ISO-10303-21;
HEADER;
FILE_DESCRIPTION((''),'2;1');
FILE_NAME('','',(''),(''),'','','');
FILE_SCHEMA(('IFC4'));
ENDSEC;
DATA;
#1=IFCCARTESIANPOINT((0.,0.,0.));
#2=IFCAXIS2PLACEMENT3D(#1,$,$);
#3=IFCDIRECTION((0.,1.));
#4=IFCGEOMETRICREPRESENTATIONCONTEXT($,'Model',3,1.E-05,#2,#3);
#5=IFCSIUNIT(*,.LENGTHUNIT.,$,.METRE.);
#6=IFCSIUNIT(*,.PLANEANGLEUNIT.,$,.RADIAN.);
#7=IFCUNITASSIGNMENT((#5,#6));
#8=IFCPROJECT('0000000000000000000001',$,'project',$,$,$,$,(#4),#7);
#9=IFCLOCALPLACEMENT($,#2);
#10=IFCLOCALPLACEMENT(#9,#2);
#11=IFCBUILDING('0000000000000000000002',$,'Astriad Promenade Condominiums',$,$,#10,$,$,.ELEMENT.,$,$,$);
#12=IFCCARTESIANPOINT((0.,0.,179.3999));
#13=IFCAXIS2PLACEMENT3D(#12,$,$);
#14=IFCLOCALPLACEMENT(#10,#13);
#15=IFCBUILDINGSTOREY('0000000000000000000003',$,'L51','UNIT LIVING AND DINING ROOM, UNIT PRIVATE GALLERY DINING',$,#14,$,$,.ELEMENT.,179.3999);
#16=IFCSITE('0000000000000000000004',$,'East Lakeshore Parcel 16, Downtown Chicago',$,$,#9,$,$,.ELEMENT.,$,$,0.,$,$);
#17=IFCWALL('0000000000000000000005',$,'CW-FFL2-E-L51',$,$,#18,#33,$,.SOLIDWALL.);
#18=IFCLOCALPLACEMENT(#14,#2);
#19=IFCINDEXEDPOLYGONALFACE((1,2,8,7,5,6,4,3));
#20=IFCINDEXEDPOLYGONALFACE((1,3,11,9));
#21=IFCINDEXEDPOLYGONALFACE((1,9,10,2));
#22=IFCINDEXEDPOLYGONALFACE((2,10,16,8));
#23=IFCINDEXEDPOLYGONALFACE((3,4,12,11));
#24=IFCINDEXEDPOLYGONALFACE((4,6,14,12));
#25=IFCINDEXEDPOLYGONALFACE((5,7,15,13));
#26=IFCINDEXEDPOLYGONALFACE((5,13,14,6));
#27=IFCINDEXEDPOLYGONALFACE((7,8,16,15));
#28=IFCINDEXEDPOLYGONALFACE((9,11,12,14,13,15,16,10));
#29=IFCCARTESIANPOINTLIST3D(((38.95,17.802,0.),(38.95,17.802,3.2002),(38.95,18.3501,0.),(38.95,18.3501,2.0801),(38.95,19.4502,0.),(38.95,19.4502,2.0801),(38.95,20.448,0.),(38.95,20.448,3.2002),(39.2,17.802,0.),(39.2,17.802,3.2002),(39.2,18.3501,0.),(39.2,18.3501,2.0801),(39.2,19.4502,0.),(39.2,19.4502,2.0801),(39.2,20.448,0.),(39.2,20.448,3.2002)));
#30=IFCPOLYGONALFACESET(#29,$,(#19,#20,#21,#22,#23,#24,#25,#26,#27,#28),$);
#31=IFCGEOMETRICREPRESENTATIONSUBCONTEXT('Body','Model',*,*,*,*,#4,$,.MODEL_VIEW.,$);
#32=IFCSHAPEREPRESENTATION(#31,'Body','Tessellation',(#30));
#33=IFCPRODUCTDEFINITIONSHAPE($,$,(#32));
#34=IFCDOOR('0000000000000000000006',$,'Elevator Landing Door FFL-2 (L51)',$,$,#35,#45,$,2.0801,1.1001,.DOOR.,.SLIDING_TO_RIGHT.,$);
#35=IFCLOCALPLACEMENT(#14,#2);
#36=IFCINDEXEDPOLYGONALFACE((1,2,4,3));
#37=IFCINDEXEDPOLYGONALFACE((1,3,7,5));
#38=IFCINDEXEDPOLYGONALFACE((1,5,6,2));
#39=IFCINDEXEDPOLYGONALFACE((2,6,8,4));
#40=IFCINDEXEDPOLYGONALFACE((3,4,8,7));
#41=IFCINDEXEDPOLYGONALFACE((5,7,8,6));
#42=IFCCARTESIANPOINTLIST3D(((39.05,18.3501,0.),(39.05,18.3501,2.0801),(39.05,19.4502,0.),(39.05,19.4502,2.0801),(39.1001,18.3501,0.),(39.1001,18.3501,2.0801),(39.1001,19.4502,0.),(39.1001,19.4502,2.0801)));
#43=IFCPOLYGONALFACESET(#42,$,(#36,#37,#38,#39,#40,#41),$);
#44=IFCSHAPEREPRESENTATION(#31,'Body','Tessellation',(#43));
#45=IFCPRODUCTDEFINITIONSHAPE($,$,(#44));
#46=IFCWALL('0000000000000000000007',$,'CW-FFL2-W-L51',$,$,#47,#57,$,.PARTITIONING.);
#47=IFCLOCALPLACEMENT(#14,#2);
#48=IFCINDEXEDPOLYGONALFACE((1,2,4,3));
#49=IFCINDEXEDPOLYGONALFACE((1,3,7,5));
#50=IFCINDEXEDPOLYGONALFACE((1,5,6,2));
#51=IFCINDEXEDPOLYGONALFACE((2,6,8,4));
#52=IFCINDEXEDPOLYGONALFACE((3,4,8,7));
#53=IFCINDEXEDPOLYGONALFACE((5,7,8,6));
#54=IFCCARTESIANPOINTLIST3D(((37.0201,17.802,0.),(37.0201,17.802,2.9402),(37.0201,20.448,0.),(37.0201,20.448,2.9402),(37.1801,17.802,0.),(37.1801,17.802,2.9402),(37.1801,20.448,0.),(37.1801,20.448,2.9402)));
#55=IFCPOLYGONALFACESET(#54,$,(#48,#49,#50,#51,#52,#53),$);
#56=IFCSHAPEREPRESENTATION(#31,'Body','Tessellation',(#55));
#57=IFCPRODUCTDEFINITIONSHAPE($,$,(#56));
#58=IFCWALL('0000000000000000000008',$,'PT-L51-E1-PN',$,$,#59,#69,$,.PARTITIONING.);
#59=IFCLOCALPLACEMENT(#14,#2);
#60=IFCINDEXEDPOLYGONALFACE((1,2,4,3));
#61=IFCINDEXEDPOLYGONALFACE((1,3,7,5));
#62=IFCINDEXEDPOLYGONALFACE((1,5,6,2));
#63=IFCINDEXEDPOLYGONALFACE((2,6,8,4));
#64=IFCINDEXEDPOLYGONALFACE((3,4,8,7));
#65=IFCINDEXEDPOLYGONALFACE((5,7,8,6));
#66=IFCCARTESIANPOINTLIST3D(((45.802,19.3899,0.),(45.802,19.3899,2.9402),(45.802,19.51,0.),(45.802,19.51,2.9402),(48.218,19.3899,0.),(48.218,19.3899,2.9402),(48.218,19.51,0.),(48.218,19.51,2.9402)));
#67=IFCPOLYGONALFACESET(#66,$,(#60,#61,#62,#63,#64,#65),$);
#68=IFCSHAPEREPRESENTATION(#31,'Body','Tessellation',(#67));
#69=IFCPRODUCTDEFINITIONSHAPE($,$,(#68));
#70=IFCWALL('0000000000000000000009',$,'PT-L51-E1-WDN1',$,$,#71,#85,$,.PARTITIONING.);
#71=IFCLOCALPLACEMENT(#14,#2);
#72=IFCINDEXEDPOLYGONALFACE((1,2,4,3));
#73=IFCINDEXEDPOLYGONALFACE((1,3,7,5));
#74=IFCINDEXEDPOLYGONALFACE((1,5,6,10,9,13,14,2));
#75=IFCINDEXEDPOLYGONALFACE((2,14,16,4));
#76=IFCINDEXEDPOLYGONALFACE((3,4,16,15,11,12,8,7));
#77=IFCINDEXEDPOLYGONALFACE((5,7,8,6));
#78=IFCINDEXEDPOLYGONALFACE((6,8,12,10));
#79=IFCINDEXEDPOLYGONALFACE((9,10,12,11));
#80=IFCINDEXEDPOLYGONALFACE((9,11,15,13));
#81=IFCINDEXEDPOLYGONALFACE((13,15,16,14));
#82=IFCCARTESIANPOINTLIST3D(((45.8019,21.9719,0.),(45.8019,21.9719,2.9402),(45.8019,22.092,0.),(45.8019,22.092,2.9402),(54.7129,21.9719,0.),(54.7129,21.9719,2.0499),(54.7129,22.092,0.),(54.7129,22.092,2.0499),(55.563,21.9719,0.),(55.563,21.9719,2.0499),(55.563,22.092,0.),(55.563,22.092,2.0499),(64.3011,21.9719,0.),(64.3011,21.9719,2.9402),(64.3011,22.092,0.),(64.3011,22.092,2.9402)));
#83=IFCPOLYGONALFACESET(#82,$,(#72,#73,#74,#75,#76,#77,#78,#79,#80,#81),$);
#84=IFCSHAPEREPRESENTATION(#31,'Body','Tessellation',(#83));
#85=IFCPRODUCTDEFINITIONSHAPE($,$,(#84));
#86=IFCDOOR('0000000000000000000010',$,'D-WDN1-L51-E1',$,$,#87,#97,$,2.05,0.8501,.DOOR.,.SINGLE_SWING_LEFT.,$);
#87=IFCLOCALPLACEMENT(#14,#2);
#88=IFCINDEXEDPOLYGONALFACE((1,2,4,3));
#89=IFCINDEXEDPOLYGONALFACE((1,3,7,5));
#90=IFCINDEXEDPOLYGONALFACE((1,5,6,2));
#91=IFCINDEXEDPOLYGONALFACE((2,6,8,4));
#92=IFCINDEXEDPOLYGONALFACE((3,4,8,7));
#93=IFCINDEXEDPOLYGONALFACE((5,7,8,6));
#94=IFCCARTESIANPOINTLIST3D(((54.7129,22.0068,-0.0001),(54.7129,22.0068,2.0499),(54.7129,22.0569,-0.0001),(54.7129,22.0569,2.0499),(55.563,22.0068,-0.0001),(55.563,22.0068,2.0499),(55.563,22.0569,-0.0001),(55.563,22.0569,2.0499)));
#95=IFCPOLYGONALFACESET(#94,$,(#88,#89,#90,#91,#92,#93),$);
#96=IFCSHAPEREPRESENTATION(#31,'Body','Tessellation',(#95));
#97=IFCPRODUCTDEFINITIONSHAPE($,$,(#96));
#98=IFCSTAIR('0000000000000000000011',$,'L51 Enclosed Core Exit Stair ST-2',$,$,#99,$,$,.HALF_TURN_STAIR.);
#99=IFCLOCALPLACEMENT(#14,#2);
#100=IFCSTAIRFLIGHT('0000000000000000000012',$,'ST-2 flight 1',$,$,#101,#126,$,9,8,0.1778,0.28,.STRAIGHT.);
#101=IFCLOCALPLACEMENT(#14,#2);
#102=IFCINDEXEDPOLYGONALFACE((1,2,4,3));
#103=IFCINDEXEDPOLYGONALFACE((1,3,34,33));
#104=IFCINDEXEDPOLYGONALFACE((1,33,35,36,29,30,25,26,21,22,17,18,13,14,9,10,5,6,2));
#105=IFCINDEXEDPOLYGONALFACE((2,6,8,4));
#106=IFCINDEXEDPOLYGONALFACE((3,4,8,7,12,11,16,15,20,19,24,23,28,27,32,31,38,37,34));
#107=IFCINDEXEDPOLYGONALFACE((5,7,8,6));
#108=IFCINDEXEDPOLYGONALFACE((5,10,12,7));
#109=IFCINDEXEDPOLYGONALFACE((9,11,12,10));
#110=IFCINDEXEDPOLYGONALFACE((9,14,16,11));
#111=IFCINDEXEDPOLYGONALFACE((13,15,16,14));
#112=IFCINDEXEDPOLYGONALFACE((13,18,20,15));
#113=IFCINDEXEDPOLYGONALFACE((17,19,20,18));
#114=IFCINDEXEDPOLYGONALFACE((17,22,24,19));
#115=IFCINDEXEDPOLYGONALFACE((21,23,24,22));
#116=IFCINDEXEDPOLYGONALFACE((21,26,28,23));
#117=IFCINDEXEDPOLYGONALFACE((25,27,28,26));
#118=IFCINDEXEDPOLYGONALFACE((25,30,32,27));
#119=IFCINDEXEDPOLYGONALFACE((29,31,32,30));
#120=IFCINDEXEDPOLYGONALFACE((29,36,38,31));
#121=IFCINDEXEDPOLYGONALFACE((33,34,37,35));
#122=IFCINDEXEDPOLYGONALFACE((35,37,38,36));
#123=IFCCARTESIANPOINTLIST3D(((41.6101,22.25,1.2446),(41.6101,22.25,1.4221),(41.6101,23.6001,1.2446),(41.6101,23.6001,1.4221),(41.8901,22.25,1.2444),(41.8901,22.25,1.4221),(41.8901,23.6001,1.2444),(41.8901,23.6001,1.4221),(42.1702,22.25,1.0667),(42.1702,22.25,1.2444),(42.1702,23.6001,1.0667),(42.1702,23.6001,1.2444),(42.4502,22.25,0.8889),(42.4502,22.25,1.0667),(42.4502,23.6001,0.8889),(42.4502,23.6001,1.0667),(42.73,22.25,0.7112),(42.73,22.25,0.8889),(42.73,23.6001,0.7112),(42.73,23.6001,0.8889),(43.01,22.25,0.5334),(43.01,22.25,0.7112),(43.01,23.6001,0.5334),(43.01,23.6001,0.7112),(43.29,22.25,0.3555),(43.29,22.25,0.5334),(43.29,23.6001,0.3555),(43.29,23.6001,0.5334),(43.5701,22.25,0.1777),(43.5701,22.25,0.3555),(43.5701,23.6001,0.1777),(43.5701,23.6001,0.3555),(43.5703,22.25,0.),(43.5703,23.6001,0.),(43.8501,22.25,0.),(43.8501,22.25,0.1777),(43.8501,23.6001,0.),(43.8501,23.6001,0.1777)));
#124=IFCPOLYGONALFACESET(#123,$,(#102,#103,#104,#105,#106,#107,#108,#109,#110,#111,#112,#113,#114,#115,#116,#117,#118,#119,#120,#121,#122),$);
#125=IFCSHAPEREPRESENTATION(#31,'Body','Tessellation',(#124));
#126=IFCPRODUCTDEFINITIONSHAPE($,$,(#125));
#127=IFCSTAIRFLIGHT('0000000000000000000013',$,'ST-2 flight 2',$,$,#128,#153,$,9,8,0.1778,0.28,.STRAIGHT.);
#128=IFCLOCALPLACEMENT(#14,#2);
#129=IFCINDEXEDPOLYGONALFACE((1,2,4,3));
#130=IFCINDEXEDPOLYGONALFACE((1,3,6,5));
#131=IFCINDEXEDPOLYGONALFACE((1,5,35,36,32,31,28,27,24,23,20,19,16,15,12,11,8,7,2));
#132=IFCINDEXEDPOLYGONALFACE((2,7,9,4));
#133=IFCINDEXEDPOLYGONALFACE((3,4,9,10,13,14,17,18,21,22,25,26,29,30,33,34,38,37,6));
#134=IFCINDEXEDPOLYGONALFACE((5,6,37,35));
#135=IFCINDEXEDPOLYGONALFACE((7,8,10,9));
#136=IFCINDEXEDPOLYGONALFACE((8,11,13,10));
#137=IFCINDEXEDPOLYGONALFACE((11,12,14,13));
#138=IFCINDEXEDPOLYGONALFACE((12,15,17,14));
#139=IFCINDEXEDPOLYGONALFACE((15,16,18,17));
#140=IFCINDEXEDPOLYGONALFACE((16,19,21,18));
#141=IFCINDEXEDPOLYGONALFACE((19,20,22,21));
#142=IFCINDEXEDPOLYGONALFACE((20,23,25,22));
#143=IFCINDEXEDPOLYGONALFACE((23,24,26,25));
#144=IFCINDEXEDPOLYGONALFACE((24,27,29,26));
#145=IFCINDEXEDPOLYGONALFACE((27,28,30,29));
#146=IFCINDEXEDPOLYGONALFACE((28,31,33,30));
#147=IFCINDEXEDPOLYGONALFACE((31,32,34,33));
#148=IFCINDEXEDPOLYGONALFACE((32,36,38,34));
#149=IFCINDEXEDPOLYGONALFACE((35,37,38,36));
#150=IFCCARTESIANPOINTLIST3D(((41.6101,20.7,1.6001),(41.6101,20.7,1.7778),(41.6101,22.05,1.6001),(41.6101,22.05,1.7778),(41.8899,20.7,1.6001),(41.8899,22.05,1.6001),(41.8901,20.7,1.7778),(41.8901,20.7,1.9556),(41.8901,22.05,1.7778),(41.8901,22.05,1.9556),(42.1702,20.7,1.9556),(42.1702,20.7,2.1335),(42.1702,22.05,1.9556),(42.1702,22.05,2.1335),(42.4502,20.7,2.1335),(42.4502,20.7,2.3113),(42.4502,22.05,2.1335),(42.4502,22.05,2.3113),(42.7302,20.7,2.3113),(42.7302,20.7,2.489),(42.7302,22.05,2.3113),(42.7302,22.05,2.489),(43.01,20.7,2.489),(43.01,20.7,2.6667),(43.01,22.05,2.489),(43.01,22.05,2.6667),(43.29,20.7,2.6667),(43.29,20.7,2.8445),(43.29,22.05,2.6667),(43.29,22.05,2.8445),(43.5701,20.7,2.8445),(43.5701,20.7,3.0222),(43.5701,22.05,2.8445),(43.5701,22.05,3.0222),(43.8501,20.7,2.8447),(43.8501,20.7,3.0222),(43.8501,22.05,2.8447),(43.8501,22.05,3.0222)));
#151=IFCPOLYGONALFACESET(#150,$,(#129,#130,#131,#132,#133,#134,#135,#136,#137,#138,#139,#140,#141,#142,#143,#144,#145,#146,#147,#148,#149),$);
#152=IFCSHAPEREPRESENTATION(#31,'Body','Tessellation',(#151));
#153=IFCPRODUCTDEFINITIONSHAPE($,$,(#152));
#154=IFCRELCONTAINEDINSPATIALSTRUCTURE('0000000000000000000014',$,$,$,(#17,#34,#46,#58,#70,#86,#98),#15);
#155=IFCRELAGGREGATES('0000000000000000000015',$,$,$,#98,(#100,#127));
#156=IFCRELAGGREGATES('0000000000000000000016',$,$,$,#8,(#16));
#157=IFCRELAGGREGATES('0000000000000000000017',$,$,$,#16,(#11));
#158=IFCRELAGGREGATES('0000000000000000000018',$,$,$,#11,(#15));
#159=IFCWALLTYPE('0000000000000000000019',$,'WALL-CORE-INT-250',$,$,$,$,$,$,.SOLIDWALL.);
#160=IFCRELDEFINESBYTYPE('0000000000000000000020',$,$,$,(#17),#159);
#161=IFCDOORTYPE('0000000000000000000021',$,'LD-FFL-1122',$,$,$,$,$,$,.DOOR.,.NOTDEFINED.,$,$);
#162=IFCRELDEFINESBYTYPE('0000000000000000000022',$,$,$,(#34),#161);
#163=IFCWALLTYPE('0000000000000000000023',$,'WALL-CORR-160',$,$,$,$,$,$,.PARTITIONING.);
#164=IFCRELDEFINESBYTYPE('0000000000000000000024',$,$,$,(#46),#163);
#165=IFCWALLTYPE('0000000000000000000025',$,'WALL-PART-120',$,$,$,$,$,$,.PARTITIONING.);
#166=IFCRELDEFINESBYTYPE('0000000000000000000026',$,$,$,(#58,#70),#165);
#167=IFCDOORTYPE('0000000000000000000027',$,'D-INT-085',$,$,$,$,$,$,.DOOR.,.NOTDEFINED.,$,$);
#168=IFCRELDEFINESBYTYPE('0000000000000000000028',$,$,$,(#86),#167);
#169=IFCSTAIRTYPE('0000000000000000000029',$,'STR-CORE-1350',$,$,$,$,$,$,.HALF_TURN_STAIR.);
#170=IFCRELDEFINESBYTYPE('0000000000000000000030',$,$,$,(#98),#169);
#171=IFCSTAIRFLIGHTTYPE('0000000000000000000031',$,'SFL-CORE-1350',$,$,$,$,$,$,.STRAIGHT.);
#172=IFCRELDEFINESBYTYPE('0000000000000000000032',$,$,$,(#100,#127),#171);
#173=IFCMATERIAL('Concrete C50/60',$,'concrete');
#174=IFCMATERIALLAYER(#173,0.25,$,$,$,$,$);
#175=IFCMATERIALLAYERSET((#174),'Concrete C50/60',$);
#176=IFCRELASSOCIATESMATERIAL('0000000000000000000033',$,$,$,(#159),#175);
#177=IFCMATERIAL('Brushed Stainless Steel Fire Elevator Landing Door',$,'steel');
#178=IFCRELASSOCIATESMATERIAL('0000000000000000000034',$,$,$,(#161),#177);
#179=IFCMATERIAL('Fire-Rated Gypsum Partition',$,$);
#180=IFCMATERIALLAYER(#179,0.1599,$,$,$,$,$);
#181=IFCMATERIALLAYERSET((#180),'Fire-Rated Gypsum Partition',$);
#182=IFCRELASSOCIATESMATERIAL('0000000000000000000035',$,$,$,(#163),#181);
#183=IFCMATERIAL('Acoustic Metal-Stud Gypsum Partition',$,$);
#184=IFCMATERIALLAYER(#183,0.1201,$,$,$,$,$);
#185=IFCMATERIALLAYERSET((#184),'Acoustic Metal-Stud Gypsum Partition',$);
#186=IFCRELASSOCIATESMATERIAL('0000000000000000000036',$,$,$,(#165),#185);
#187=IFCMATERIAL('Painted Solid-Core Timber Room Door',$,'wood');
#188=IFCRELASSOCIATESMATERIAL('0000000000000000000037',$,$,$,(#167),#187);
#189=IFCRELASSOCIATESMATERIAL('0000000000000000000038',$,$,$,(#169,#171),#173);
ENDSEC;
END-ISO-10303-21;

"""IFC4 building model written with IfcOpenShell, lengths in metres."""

from ifc_helpers import new_model, si_unit, direction, frame, frame_2d, origin, place, context, subcontext, project, spatial, polyline, rectangle, outline, extrude, source, transform, mapped, material, layer, layer_set, type_object, type_shapes, element, fill, aggregate, save


model = new_model("IFC4")

# Units and contexts
model_context = context("Model", 3, precision=1e-05, world=origin(), true_north=direction((0.0, 1.0)))
body_context = subcontext(model_context, "Body", "Model", "MODEL_VIEW")
ifc_project = project(units=[si_unit("LENGTHUNIT", "METRE"), si_unit("PLANEANGLEUNIT", "RADIAN")], contexts=[model_context])

# Site, building, storey
site_placement = place(None, origin())
site = spatial("IfcSite", under=ifc_project, at=site_placement, Name="East Lakeshore Parcel 16, Downtown Chicago", CompositionType="ELEMENT", RefElevation=0.0)
building_placement = place(site_placement, origin())
building = spatial("IfcBuilding", under=site, at=building_placement, Name="Astriad Promenade Condominiums", CompositionType="ELEMENT")
storey_placement = place(building_placement, frame((0.0, 0.0, 179.3999)))
storey = spatial("IfcBuildingStorey", under=building, at=storey_placement, Name="L51", Description="UNIT LIVING AND DINING ROOM, UNIT PRIVATE GALLERY DINING", CompositionType="ELEMENT", Elevation=179.3999)

# Shared definitions
ifc_material_1 = material(Name="Concrete C50/60", Category="concrete")

# Shared definitions
ifc_layer_1 = layer(ifc_material_1, 0.25)
ifc_layer_set_1 = layer_set([ifc_layer_1], Name="Concrete C50/60")
wall_type_1 = type_object("IfcWallType", Name="WALL-CORE-INT-250", PredefinedType="SOLIDWALL", material=ifc_layer_set_1)

# Wall, opening, door
wall_1_placement = place(storey_placement, frame((39.075, 17.802, 0.0), z_axis=(0.0, 0.0, 1.0), x_axis=(0.0, 1.0, 0.0)))
wall_1 = element("IfcWall", 1, at=wall_1_placement, inside=storey, type_object=wall_type_1, Name="CW-FFL2-E-L51", PredefinedType="SOLIDWALL", context=body_context, shape_type="SweptSolid", body=[
    extrude(rectangle(XDim=2.646, YDim=0.25, at=frame_2d((1.323, 0.0))), origin(), (0.0, 0.0, 1.0), 3.2002),
])
opening_1_placement = place(wall_1_placement, frame((0.5481, 0.0, 0.0)))
opening_1 = element("IfcOpeningElement", 2, at=opening_1_placement, cuts=wall_1, PredefinedType="OPENING", context=body_context, shape_type="SweptSolid", body=[
    extrude(rectangle(XDim=1.1001, YDim=2.0801, at=frame_2d((0.55, 1.04))), frame((0.0, 0.135, 0.0), z_axis=(0.0, -1.0, 0.0), x_axis=(1.0, 0.0, 0.0)), (0.0, 0.0, 1.0), 0.27),
])
ifc_material_2 = material(Name="Brushed Stainless Steel Fire Elevator Landing Door", Category="steel")
door_type_1 = type_object("IfcDoorType", Name="LD-FFL-1122", OperationType="NOTDEFINED", PredefinedType="DOOR", material=ifc_material_2)
shared_shape_1 = source(origin(), body_context, "Body", "SweptSolid", [
    extrude(rectangle(XDim=1.1001, YDim=2.0801, at=frame_2d((0.55, 1.04))), frame((0.0, 0.0249, 0.0), z_axis=(0.0, -1.0, 0.0), x_axis=(1.0, 0.0, 0.0)), (0.0, 0.0, 1.0), 0.05),
])
type_shapes(door_type_1, [shared_shape_1])
door_1_placement = place(opening_1_placement, origin())
door_1 = element("IfcDoor", 3, at=door_1_placement, inside=storey, type_object=door_type_1, Name="Elevator Landing Door FFL-2 (L51)", OperationType="SLIDING_TO_RIGHT", OverallHeight=2.0801, OverallWidth=1.1001, PredefinedType="DOOR", context=body_context, shape_type="MappedRepresentation", body=[
    mapped(shared_shape_1, transform((0.0, 0.0, 0.0), scale=1.0)),
])
fill(opening_1, door_1)

# Walls
ifc_material_3 = material(Name="Fire-Rated Gypsum Partition")
ifc_layer_2 = layer(ifc_material_3, 0.1599)
ifc_layer_set_2 = layer_set([ifc_layer_2], Name="Fire-Rated Gypsum Partition")
wall_type_2 = type_object("IfcWallType", Name="WALL-CORR-160", PredefinedType="PARTITIONING", material=ifc_layer_set_2)
wall_2_placement = place(storey_placement, frame((37.1001, 17.802, 0.0), z_axis=(0.0, 0.0, 1.0), x_axis=(0.0, 1.0, 0.0)))
element("IfcWall", 4, at=wall_2_placement, inside=storey, type_object=wall_type_2, Name="CW-FFL2-W-L51", PredefinedType="PARTITIONING", context=body_context, shape_type="SweptSolid", body=[
    extrude(rectangle(XDim=2.646, YDim=0.1599, at=frame_2d((1.323, 0.0))), origin(), (0.0, 0.0, 1.0), 2.9402),
])
ifc_material_4 = material(Name="Acoustic Metal-Stud Gypsum Partition")
ifc_layer_3 = layer(ifc_material_4, 0.1201)
ifc_layer_set_3 = layer_set([ifc_layer_3], Name="Acoustic Metal-Stud Gypsum Partition")
wall_type_3 = type_object("IfcWallType", Name="WALL-PART-120", PredefinedType="PARTITIONING", material=ifc_layer_set_3)
wall_3_placement = place(storey_placement, frame((45.802, 19.45, 0.0), z_axis=(0.0, 0.0, 1.0), x_axis=(1.0, 0.0, 0.0)))
element("IfcWall", 5, at=wall_3_placement, inside=storey, type_object=wall_type_3, Name="PT-L51-E1-PN", PredefinedType="PARTITIONING", context=body_context, shape_type="SweptSolid", body=[
    extrude(rectangle(XDim=2.416, YDim=0.1201, at=frame_2d((1.208, 0.0))), origin(), (0.0, 0.0, 1.0), 2.9402),
])

# Wall, opening, door
wall_4_placement = place(storey_placement, frame((45.802, 22.032, 0.0), z_axis=(0.0, 0.0, 1.0), x_axis=(1.0, 0.0, 0.0)))
wall_4 = element("IfcWall", 6, at=wall_4_placement, inside=storey, type_object=wall_type_3, Name="PT-L51-E1-WDN1", PredefinedType="PARTITIONING", context=body_context, shape_type="SweptSolid", body=[
    extrude(rectangle(XDim=18.4993, YDim=0.1201, at=frame_2d((9.2495, 0.0))), origin(), (0.0, 0.0, 1.0), 2.9402),
])
opening_2_placement = place(wall_4_placement, frame((8.9109, 0.0, 0.0)))
opening_2 = element("IfcOpeningElement", 7, at=opening_2_placement, cuts=wall_4, PredefinedType="OPENING", context=body_context, shape_type="SweptSolid", body=[
    extrude(rectangle(XDim=0.8501, YDim=2.05, at=frame_2d((0.425, 1.0249))), frame((0.0, 0.0701, 0.0), z_axis=(0.0, -1.0, 0.0), x_axis=(1.0, 0.0, 0.0)), (0.0, 0.0, 1.0), 0.1401),
])
ifc_material_5 = material(Name="Painted Solid-Core Timber Room Door", Category="wood")
door_type_2 = type_object("IfcDoorType", Name="D-INT-085", OperationType="NOTDEFINED", PredefinedType="DOOR", material=ifc_material_5)
shared_shape_2 = source(origin(), body_context, "Body", "SweptSolid", [
    extrude(rectangle(XDim=0.8501, YDim=2.05, at=frame_2d((0.425, 1.0249))), frame((0.0, 0.0249, 0.0), z_axis=(0.0, -1.0, 0.0), x_axis=(1.0, 0.0, 0.0)), (0.0, 0.0, 1.0), 0.05),
])
type_shapes(door_type_2, [shared_shape_2])
door_2_placement = place(opening_2_placement, origin())
door_2 = element("IfcDoor", 8, at=door_2_placement, inside=storey, type_object=door_type_2, Name="D-WDN1-L51-E1", OperationType="SINGLE_SWING_LEFT", OverallHeight=2.05, OverallWidth=0.8501, PredefinedType="DOOR", context=body_context, shape_type="MappedRepresentation", body=[
    mapped(shared_shape_2, transform((0.0, 0.0, 0.0), scale=1.0)),
])
fill(opening_2, door_2)

# Stair, stair flights
stair_type = type_object("IfcStairType", Name="STR-CORE-1350", PredefinedType="HALF_TURN_STAIR", material=ifc_material_1)
stair_placement = place(storey_placement, origin())
stair = element("IfcStair", 9, at=stair_placement, inside=storey, type_object=stair_type, Name="L51 Enclosed Core Exit Stair ST-2", PredefinedType="HALF_TURN_STAIR")
stair_flight_type = type_object("IfcStairFlightType", Name="SFL-CORE-1350", PredefinedType="STRAIGHT", material=ifc_material_1)
shared_shape_3 = source(origin(), body_context, "Body", "SweptSolid", [
    extrude(outline(polyline([(0.0, 0.0), (0.0, 0.1777), (0.28, 0.1777), (0.28, 0.3555), (0.5601, 0.3555), (0.5601, 0.5334), (0.8401, 0.5334), (0.8401, 0.7112), (1.1201, 0.7112), (1.1201, 0.8889), (1.3999, 0.8889), (1.3999, 1.0667), (1.6799, 1.0667), (1.6799, 1.2444), (1.96, 1.2444), (1.96, 1.4221), (2.24, 1.4221), (2.24, 1.6001), (2.24, 1.2446), (0.2798, 0.0), (0.0, 0.0)])), frame((0.0, 0.675, 0.0), z_axis=(0.0, -1.0, 0.0), x_axis=(1.0, 0.0, 0.0)), (0.0, 0.0, 1.0), 1.3501),
])
type_shapes(stair_flight_type, [shared_shape_3])
stair_flight_1_placement = place(storey_placement, frame((43.8501, 22.925, 0.0), z_axis=(0.0, 0.0, 1.0), x_axis=(-1.0, 0.0, 0.0)))
stair_flight_1 = element("IfcStairFlight", 10, at=stair_flight_1_placement, type_object=stair_flight_type, Name="ST-2 flight 1", NumberOfRisers=9, NumberOfTreads=8, PredefinedType="STRAIGHT", RiserHeight=0.1778, TreadLength=0.28, context=body_context, shape_type="MappedRepresentation", body=[
    mapped(shared_shape_3, transform((0.0, 0.0, 0.0), scale=1.0)),
])
stair_flight_2_placement = place(storey_placement, frame((41.6101, 21.375, 1.6001), z_axis=(0.0, 0.0, 1.0), x_axis=(1.0, 0.0, 0.0)))
stair_flight_2 = element("IfcStairFlight", 11, at=stair_flight_2_placement, type_object=stair_flight_type, Name="ST-2 flight 2", NumberOfRisers=9, NumberOfTreads=8, PredefinedType="STRAIGHT", RiserHeight=0.1778, TreadLength=0.28, context=body_context, shape_type="MappedRepresentation", body=[
    mapped(shared_shape_3, transform((0.0, 0.0, 0.0), scale=1.0)),
])
aggregate(stair, [stair_flight_1, stair_flight_2])

save(model, "model.ifc")
